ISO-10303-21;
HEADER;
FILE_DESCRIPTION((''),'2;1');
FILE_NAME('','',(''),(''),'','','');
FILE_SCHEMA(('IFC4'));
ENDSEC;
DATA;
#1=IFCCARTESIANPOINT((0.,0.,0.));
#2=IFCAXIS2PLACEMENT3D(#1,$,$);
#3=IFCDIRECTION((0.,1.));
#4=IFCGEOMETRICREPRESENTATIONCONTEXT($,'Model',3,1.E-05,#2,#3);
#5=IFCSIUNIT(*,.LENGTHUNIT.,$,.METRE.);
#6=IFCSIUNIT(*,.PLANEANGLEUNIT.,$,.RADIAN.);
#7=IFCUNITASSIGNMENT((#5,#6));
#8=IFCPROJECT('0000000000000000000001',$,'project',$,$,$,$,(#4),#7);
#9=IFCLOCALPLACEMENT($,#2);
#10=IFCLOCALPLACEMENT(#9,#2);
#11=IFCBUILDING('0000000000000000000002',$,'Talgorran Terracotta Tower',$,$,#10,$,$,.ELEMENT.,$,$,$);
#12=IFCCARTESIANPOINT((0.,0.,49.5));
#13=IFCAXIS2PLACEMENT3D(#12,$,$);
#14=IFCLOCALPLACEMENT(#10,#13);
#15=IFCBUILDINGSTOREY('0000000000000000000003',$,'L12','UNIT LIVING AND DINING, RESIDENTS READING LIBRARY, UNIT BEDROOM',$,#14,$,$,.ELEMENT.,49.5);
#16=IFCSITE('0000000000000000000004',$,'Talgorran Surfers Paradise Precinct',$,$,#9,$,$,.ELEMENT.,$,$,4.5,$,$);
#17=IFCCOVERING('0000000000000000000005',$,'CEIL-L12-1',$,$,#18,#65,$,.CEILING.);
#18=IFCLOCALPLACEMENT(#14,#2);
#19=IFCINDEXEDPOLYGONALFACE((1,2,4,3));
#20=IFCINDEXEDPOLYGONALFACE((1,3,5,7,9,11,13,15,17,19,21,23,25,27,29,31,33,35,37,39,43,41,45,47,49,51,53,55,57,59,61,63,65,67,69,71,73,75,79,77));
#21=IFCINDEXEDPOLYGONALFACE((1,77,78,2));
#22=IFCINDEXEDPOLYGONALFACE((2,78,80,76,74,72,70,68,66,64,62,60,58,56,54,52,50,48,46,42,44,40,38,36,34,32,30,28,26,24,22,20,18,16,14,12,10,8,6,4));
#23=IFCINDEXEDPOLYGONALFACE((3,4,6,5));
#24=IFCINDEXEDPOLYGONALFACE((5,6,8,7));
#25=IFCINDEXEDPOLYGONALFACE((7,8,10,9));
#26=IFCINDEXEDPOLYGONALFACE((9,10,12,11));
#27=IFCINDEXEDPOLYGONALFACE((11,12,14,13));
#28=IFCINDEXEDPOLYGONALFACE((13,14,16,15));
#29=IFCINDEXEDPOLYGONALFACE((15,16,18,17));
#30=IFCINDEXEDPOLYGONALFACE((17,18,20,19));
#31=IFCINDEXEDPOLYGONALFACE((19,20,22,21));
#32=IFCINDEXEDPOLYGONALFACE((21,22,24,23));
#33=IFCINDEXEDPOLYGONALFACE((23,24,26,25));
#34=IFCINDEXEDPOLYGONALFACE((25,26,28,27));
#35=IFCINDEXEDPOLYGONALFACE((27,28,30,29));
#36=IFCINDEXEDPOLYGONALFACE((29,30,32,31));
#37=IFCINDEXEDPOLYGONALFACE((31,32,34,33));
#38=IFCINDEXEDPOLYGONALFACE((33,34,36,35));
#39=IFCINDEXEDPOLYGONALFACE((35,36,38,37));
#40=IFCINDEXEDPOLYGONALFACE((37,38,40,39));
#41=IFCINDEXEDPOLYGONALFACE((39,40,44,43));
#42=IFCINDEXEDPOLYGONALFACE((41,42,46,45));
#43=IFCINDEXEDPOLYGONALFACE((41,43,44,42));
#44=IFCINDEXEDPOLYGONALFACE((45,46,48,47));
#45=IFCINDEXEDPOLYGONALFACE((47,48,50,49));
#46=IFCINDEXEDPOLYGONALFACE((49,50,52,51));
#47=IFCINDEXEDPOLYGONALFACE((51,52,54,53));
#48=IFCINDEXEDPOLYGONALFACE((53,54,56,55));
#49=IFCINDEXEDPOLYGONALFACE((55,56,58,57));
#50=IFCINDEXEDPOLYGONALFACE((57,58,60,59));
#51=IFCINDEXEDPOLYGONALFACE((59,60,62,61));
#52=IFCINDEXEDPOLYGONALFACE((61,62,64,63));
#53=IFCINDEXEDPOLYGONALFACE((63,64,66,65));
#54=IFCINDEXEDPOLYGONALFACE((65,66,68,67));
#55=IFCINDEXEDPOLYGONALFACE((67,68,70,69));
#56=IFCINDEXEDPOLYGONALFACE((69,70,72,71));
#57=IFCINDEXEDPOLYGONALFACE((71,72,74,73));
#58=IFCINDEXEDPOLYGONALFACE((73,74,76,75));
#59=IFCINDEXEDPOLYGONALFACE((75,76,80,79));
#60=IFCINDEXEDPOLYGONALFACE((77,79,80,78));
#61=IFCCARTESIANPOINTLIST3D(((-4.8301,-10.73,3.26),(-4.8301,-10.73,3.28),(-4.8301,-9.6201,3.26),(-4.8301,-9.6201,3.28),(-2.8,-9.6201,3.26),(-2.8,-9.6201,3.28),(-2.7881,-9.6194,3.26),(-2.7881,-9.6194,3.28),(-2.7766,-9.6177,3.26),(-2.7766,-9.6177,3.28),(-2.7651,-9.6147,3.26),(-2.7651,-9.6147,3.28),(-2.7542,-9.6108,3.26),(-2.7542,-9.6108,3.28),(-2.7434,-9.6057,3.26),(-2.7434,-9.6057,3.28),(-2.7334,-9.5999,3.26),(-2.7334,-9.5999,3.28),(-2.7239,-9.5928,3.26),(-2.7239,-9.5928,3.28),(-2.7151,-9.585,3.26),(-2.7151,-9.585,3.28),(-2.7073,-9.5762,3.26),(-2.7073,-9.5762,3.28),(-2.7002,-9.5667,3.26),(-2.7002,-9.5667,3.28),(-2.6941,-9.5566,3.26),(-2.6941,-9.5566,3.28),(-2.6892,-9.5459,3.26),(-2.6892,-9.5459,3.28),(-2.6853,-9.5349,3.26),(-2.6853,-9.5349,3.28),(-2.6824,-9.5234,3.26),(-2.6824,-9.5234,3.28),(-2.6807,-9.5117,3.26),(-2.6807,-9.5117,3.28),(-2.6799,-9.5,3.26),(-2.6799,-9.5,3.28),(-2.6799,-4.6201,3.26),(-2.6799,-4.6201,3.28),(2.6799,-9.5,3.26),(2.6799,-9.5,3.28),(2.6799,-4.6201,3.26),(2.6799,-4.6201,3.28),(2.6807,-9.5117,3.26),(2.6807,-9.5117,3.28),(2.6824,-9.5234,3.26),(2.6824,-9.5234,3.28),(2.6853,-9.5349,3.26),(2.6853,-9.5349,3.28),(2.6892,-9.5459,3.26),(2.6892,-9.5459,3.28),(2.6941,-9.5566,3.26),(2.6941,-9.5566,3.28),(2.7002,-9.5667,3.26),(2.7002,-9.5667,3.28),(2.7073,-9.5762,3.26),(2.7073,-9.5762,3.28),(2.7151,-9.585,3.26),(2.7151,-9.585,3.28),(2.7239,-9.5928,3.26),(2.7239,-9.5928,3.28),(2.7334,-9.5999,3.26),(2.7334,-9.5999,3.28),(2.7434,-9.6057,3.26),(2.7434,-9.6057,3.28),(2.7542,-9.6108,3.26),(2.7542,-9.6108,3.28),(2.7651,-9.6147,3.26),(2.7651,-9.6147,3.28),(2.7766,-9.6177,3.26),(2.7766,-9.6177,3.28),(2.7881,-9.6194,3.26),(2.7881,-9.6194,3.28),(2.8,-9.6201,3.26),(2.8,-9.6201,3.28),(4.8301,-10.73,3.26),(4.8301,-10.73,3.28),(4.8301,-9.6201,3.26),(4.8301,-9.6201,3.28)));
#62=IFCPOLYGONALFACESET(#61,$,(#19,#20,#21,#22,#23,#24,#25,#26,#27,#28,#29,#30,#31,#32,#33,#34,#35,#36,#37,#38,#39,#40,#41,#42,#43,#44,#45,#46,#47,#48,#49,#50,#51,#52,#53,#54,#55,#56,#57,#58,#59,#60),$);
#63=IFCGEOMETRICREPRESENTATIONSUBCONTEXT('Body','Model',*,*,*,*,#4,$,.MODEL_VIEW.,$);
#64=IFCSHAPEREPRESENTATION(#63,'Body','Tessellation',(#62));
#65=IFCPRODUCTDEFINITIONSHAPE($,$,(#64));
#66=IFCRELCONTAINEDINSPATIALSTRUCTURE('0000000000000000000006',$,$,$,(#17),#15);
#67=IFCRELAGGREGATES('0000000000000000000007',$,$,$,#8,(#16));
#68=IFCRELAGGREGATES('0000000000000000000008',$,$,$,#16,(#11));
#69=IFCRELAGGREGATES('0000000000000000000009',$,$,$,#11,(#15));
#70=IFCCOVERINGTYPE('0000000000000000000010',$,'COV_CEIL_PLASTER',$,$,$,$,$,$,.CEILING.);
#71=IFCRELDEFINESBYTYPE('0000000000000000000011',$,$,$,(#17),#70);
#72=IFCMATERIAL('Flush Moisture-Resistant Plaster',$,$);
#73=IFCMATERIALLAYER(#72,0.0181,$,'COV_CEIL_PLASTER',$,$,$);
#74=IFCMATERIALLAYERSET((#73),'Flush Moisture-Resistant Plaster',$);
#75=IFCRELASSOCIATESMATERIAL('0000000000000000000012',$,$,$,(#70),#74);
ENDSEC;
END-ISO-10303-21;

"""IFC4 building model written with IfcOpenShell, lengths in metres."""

from ifc_helpers import new_model, si_unit, direction, frame, origin, place, context, subcontext, project, spatial, polyline, outline, extrude, material, layer, layer_set, type_object, element, save


model = new_model("IFC4")

# Units and contexts
model_context = context("Model", 3, precision=1e-05, world=origin(), true_north=direction((0.0, 1.0)))
body_context = subcontext(model_context, "Body", "Model", "MODEL_VIEW")
ifc_project = project(units=[si_unit("LENGTHUNIT", "METRE"), si_unit("PLANEANGLEUNIT", "RADIAN")], contexts=[model_context])

# Site, building, storey
site_placement = place(None, origin())
site = spatial("IfcSite", under=ifc_project, at=site_placement, Name="Talgorran Surfers Paradise Precinct", CompositionType="ELEMENT", RefElevation=4.5)
building_placement = place(site_placement, origin())
building = spatial("IfcBuilding", under=site, at=building_placement, Name="Talgorran Terracotta Tower", CompositionType="ELEMENT")
storey_placement = place(building_placement, frame((0.0, 0.0, 49.5)))
storey = spatial("IfcBuildingStorey", under=building, at=storey_placement, Name="L12", Description="UNIT LIVING AND DINING, RESIDENTS READING LIBRARY, UNIT BEDROOM", CompositionType="ELEMENT", Elevation=49.5)

# Covering
ifc_material_1 = material(Name="Flush Moisture-Resistant Plaster")
ifc_layer_1 = layer(ifc_material_1, 0.0181, Name="COV_CEIL_PLASTER")
ifc_layer_set_1 = layer_set([ifc_layer_1], Name="Flush Moisture-Resistant Plaster")
covering_type_1 = type_object("IfcCoveringType", Name="COV_CEIL_PLASTER", PredefinedType="CEILING", material=ifc_layer_set_1)
covering_1_placement = place(storey_placement, frame((0.0, 0.0, 3.26)))
element("IfcCovering", 1, at=covering_1_placement, inside=storey, type_object=covering_type_1, Name="CEIL-L12-1", PredefinedType="CEILING", context=body_context, shape_type="SweptSolid", body=[
    extrude(outline(polyline([(-4.8301, -9.6201), (-2.8, -9.6201), (-2.7881, -9.6194), (-2.7766, -9.6177), (-2.7651, -9.6147), (-2.7542, -9.6108), (-2.7434, -9.6057), (-2.7334, -9.5999), (-2.7239, -9.5928), (-2.7151, -9.585), (-2.7073, -9.5762), (-2.7002, -9.5667), (-2.6941, -9.5566), (-2.6892, -9.5459), (-2.6853, -9.5349), (-2.6824, -9.5234), (-2.6807, -9.5117), (-2.6799, -9.5), (-2.6799, -4.6201), (2.6799, -4.6201), (2.6799, -9.5), (2.6807, -9.5117), (2.6824, -9.5234), (2.6853, -9.5349), (2.6892, -9.5459), (2.6941, -9.5566), (2.7002, -9.5667), (2.7073, -9.5762), (2.7151, -9.585), (2.7239, -9.5928), (2.7334, -9.5999), (2.7434, -9.6057), (2.7542, -9.6108), (2.7651, -9.6147), (2.7766, -9.6177), (2.7881, -9.6194), (2.8, -9.6201), (4.8301, -9.6201), (4.8301, -10.73), (-4.8301, -10.73), (-4.8301, -9.6201)])), origin(), (0.0, 0.0, 1.0), 0.02),
])

save(model, "model.ifc")
